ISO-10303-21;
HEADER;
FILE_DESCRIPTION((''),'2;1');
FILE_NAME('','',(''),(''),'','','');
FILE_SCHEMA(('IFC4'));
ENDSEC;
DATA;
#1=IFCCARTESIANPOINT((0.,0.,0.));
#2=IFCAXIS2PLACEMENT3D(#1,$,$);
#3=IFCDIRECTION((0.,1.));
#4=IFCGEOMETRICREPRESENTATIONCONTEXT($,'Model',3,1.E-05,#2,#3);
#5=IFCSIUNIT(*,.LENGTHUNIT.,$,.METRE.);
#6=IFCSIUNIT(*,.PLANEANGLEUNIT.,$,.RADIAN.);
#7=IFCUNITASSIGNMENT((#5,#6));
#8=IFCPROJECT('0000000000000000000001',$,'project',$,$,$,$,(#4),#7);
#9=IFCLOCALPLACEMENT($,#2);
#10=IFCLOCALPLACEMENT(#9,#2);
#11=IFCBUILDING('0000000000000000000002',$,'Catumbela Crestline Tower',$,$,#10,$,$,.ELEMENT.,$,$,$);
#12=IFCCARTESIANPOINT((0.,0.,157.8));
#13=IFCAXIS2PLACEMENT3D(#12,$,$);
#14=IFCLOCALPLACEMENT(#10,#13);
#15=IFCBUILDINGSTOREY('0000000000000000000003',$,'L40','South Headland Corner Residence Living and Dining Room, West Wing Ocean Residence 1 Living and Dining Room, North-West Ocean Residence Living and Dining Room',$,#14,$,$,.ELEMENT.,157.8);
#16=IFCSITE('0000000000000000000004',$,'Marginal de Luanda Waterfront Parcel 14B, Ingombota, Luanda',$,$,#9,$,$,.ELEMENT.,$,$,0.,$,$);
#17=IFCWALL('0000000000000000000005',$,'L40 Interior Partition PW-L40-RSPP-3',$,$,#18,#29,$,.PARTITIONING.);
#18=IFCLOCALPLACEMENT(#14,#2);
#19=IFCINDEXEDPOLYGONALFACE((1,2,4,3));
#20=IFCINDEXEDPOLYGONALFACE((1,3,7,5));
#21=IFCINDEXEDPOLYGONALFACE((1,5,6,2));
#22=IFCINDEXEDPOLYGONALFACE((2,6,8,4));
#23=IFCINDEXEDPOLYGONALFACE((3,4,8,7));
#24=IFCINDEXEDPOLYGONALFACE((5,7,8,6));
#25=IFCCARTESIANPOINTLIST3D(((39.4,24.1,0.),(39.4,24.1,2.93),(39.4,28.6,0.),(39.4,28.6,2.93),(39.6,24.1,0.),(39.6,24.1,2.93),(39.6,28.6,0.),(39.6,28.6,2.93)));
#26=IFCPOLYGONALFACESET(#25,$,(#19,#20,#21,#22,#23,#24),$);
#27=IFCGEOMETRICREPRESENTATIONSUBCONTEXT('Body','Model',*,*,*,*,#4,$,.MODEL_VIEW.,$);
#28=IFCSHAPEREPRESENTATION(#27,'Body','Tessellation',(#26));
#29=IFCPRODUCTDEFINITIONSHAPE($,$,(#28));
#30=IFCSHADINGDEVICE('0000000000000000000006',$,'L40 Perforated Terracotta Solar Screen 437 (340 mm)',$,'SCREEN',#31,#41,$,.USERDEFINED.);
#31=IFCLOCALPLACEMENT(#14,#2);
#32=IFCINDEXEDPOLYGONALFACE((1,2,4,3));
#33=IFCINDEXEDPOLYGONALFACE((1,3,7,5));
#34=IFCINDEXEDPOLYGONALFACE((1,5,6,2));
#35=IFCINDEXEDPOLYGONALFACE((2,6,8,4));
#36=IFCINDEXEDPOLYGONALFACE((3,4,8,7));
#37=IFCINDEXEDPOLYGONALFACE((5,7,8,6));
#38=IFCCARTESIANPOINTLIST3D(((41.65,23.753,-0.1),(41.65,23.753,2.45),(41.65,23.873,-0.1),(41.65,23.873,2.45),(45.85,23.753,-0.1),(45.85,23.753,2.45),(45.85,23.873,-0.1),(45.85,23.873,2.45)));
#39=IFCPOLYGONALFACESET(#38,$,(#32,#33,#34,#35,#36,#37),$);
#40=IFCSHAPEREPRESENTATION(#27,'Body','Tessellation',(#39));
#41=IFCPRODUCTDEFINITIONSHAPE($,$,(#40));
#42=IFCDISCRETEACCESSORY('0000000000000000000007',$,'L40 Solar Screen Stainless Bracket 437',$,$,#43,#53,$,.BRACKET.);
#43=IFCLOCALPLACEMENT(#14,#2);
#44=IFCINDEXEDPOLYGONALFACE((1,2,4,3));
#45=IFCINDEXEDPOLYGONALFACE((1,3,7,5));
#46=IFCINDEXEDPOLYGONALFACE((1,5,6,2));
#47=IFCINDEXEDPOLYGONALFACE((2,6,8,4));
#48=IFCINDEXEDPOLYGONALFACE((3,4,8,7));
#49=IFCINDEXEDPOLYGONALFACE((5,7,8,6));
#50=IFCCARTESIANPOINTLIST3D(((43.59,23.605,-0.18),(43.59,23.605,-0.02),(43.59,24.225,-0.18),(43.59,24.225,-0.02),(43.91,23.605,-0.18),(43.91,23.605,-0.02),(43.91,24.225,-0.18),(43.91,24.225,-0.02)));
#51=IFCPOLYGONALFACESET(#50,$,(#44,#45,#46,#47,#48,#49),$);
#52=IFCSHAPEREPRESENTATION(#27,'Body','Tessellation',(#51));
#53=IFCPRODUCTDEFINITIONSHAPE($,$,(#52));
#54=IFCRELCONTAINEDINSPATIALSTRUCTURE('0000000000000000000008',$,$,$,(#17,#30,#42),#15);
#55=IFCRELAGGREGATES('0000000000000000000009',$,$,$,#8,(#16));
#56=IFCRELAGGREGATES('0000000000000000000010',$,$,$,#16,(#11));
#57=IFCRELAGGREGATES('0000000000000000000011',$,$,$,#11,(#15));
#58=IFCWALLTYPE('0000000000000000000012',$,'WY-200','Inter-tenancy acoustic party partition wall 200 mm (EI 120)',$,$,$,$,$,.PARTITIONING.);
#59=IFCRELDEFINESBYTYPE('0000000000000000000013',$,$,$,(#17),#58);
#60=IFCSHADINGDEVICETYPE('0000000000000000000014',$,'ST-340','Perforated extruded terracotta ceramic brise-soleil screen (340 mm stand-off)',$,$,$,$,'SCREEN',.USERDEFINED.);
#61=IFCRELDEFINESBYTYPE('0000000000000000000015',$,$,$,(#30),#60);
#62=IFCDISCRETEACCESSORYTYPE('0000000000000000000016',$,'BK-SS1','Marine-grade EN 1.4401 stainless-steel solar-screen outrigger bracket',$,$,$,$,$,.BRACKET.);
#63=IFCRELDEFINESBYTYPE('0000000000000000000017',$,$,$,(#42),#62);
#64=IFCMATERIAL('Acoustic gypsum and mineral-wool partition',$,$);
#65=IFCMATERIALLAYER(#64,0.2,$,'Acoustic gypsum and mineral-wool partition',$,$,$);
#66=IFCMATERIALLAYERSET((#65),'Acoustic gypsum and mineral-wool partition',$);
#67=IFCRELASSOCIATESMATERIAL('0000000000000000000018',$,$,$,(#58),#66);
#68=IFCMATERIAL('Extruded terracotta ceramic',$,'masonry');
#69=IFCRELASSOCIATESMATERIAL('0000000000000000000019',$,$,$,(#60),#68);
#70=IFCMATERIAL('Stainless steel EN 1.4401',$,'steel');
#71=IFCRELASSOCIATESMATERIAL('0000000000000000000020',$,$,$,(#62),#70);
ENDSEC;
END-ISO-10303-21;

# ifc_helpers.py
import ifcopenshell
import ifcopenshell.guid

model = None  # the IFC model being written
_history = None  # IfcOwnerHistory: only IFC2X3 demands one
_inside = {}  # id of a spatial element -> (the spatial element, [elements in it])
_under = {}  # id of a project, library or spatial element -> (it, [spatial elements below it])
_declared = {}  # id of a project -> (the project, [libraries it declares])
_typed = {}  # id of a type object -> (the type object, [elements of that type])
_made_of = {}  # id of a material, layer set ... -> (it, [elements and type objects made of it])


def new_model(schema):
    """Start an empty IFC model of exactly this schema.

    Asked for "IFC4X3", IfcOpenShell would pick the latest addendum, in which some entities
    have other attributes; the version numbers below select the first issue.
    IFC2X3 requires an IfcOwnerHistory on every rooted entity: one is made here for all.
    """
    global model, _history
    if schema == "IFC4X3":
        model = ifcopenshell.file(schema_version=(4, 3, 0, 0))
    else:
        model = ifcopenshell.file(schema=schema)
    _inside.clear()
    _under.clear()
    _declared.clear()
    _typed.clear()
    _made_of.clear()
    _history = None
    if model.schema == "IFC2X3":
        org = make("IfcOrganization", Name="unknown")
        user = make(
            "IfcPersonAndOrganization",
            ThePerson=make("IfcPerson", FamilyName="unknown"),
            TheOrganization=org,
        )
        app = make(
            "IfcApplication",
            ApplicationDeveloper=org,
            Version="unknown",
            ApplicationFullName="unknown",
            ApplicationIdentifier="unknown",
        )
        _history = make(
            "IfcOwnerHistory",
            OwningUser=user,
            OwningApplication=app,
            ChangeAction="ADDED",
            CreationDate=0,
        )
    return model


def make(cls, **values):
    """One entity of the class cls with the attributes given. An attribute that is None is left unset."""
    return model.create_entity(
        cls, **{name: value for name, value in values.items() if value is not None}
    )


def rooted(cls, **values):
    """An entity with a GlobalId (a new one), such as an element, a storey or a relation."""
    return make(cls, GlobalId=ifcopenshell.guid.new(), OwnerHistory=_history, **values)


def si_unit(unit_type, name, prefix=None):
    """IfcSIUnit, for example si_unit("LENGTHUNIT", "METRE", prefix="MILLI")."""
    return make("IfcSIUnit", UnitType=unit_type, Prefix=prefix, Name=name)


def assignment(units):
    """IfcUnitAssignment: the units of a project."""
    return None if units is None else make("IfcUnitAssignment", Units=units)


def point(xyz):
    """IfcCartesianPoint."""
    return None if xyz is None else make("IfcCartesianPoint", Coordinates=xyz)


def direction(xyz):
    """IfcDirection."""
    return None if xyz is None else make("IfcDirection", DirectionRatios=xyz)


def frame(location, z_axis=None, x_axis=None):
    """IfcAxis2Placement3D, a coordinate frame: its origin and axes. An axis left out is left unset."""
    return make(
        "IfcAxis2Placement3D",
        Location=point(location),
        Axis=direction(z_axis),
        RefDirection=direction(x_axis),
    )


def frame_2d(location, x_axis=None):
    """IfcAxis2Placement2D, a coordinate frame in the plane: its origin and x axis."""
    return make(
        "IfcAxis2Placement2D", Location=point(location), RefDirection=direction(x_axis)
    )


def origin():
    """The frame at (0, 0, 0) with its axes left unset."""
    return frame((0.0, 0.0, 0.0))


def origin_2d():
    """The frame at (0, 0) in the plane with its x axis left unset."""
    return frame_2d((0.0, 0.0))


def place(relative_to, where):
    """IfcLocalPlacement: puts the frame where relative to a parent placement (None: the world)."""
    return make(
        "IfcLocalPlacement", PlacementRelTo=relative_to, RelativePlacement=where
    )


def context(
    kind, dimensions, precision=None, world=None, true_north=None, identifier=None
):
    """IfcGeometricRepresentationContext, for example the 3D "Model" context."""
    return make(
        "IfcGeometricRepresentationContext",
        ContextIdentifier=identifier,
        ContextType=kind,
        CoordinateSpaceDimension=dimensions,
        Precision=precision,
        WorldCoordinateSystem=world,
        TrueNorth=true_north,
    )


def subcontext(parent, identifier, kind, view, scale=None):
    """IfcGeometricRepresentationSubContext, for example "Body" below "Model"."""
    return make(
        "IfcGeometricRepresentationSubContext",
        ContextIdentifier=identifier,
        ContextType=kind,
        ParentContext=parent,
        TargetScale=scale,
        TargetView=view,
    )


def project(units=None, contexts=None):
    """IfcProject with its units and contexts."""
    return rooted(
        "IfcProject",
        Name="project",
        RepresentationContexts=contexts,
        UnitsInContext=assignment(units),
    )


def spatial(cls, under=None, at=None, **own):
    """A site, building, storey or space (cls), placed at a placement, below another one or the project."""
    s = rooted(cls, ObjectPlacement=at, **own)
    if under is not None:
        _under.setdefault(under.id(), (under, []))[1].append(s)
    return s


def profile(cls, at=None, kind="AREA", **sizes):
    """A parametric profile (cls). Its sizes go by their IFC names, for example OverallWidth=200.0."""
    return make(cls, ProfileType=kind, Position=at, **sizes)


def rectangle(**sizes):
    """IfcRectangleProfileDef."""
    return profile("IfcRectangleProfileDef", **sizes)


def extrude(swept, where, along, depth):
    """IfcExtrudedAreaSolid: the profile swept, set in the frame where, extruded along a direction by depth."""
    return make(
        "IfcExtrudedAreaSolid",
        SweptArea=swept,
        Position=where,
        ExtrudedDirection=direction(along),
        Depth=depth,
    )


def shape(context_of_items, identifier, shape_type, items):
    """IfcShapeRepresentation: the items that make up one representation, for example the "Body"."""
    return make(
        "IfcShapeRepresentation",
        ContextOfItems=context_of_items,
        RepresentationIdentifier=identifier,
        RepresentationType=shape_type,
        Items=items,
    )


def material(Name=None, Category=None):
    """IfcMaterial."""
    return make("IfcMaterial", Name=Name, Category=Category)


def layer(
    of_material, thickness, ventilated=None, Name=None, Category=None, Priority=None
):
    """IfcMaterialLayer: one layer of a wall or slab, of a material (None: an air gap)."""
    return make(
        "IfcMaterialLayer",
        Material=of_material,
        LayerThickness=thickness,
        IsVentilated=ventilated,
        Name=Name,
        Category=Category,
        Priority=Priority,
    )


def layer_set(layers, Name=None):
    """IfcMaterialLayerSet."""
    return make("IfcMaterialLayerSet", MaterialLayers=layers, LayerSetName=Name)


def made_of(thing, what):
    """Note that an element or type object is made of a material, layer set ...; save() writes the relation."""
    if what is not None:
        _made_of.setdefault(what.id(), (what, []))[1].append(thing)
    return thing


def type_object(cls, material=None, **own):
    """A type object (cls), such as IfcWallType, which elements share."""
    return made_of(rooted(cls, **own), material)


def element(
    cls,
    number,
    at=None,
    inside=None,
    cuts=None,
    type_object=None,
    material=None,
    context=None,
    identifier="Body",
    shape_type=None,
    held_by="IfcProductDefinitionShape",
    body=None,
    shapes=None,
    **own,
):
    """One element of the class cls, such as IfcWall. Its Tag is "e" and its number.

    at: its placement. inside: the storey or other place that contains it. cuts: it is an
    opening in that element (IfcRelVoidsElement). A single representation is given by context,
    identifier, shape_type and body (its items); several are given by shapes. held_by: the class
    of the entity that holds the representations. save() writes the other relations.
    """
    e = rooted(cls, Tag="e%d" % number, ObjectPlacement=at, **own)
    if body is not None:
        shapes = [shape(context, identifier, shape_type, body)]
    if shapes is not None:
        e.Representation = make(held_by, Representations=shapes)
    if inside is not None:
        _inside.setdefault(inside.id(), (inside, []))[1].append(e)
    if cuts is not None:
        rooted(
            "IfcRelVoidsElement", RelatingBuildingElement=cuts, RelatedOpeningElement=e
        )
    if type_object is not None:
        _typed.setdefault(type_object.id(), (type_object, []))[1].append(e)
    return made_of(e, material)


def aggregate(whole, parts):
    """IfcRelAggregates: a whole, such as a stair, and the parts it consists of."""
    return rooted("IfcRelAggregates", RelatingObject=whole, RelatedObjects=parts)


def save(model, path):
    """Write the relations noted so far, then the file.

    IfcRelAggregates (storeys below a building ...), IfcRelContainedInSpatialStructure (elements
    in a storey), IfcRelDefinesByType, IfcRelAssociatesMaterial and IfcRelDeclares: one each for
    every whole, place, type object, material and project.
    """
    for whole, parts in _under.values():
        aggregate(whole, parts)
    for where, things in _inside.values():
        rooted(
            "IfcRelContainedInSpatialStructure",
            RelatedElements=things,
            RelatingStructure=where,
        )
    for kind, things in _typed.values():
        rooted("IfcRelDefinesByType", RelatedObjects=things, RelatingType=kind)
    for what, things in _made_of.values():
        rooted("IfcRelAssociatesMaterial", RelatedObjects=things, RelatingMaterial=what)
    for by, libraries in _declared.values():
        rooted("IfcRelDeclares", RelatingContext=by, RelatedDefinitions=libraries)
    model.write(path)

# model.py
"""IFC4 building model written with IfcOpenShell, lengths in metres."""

from ifc_helpers import new_model, si_unit, direction, frame, frame_2d, origin, origin_2d, place, context, subcontext, project, spatial, rectangle, extrude, material, layer, layer_set, type_object, element, save


model = new_model("IFC4")

# Units and contexts
model_context = context("Model", 3, precision=1e-05, world=origin(), true_north=direction((0.0, 1.0)))
body_context = subcontext(model_context, "Body", "Model", "MODEL_VIEW")
ifc_project = project(units=[si_unit("LENGTHUNIT", "METRE"), si_unit("PLANEANGLEUNIT", "RADIAN")], contexts=[model_context])

# Site, building, storey
site_placement = place(None, origin())
site = spatial("IfcSite", under=ifc_project, at=site_placement, Name="Marginal de Luanda Waterfront Parcel 14B, Ingombota, Luanda", CompositionType="ELEMENT", RefElevation=0.0)
building_placement = place(site_placement, origin())
building = spatial("IfcBuilding", under=site, at=building_placement, Name="Catumbela Crestline Tower", CompositionType="ELEMENT")
storey_placement = place(building_placement, frame((0.0, 0.0, 157.8)))
storey = spatial("IfcBuildingStorey", under=building, at=storey_placement, Name="L40", Description="South Headland Corner Residence Living and Dining Room, West Wing Ocean Residence 1 Living and Dining Room, North-West Ocean Residence Living and Dining Room", CompositionType="ELEMENT", Elevation=157.8)

# Shared definitions
ifc_material_1 = material(Name="Acoustic gypsum and mineral-wool partition")

# Wall
ifc_layer_1 = layer(ifc_material_1, 0.2, Name="Acoustic gypsum and mineral-wool partition")
ifc_layer_set_1 = layer_set([ifc_layer_1], Name="Acoustic gypsum and mineral-wool partition")
wall_type_1 = type_object("IfcWallType", Name="WY-200", Description="Inter-tenancy acoustic party partition wall 200 mm (EI 120)", PredefinedType="PARTITIONING", material=ifc_layer_set_1)
wall_1_placement = place(storey_placement, frame((39.5, 24.1, 0.0), z_axis=(0.0, 0.0, 1.0), x_axis=(0.0, 1.0, 0.0)))
element("IfcWall", 1, at=wall_1_placement, inside=storey, type_object=wall_type_1, Name="L40 Interior Partition PW-L40-RSPP-3", PredefinedType="PARTITIONING", context=body_context, shape_type="SweptSolid", body=[
    extrude(rectangle(XDim=4.5, YDim=0.2, at=frame_2d((2.25, 0.0))), origin(), (0.0, 0.0, 1.0), 2.93),
])

# Shading device
ifc_material_2 = material(Name="Extruded terracotta ceramic", Category="masonry")
shading_device_type = type_object("IfcShadingDeviceType", Name="ST-340", Description="Perforated extruded terracotta ceramic brise-soleil screen (340 mm stand-off)", ElementType="SCREEN", PredefinedType="USERDEFINED", material=ifc_material_2)
shading_device_placement = place(storey_placement, frame((43.75, 23.813, -0.1), z_axis=(0.0, 0.0, 1.0), x_axis=(1.0, 0.0, 0.0)))
element("IfcShadingDevice", 2, at=shading_device_placement, inside=storey, type_object=shading_device_type, Name="L40 Perforated Terracotta Solar Screen 437 (340 mm)", ObjectType="SCREEN", PredefinedType="USERDEFINED", context=body_context, shape_type="SweptSolid", body=[
    extrude(rectangle(XDim=4.2, YDim=0.12, at=origin_2d()), origin(), (0.0, 0.0, 1.0), 2.55),
])

# Discrete accessory
ifc_material_3 = material(Name="Stainless steel EN 1.4401", Category="steel")
discrete_accessory_type = type_object("IfcDiscreteAccessoryType", Name="BK-SS1", Description="Marine-grade EN 1.4401 stainless-steel solar-screen outrigger bracket", PredefinedType="BRACKET", material=ifc_material_3)
discrete_accessory_placement = place(storey_placement, frame((43.75, 23.915, -0.18), z_axis=(0.0, 0.0, 1.0), x_axis=(1.0, 0.0, 0.0)))
element("IfcDiscreteAccessory", 3, at=discrete_accessory_placement, inside=storey, type_object=discrete_accessory_type, Name="L40 Solar Screen Stainless Bracket 437", PredefinedType="BRACKET", context=body_context, shape_type="SweptSolid", body=[
    extrude(rectangle(XDim=0.32, YDim=0.62, at=origin_2d()), origin(), (0.0, 0.0, 1.0), 0.16),
])

save(model, "model.ifc")
